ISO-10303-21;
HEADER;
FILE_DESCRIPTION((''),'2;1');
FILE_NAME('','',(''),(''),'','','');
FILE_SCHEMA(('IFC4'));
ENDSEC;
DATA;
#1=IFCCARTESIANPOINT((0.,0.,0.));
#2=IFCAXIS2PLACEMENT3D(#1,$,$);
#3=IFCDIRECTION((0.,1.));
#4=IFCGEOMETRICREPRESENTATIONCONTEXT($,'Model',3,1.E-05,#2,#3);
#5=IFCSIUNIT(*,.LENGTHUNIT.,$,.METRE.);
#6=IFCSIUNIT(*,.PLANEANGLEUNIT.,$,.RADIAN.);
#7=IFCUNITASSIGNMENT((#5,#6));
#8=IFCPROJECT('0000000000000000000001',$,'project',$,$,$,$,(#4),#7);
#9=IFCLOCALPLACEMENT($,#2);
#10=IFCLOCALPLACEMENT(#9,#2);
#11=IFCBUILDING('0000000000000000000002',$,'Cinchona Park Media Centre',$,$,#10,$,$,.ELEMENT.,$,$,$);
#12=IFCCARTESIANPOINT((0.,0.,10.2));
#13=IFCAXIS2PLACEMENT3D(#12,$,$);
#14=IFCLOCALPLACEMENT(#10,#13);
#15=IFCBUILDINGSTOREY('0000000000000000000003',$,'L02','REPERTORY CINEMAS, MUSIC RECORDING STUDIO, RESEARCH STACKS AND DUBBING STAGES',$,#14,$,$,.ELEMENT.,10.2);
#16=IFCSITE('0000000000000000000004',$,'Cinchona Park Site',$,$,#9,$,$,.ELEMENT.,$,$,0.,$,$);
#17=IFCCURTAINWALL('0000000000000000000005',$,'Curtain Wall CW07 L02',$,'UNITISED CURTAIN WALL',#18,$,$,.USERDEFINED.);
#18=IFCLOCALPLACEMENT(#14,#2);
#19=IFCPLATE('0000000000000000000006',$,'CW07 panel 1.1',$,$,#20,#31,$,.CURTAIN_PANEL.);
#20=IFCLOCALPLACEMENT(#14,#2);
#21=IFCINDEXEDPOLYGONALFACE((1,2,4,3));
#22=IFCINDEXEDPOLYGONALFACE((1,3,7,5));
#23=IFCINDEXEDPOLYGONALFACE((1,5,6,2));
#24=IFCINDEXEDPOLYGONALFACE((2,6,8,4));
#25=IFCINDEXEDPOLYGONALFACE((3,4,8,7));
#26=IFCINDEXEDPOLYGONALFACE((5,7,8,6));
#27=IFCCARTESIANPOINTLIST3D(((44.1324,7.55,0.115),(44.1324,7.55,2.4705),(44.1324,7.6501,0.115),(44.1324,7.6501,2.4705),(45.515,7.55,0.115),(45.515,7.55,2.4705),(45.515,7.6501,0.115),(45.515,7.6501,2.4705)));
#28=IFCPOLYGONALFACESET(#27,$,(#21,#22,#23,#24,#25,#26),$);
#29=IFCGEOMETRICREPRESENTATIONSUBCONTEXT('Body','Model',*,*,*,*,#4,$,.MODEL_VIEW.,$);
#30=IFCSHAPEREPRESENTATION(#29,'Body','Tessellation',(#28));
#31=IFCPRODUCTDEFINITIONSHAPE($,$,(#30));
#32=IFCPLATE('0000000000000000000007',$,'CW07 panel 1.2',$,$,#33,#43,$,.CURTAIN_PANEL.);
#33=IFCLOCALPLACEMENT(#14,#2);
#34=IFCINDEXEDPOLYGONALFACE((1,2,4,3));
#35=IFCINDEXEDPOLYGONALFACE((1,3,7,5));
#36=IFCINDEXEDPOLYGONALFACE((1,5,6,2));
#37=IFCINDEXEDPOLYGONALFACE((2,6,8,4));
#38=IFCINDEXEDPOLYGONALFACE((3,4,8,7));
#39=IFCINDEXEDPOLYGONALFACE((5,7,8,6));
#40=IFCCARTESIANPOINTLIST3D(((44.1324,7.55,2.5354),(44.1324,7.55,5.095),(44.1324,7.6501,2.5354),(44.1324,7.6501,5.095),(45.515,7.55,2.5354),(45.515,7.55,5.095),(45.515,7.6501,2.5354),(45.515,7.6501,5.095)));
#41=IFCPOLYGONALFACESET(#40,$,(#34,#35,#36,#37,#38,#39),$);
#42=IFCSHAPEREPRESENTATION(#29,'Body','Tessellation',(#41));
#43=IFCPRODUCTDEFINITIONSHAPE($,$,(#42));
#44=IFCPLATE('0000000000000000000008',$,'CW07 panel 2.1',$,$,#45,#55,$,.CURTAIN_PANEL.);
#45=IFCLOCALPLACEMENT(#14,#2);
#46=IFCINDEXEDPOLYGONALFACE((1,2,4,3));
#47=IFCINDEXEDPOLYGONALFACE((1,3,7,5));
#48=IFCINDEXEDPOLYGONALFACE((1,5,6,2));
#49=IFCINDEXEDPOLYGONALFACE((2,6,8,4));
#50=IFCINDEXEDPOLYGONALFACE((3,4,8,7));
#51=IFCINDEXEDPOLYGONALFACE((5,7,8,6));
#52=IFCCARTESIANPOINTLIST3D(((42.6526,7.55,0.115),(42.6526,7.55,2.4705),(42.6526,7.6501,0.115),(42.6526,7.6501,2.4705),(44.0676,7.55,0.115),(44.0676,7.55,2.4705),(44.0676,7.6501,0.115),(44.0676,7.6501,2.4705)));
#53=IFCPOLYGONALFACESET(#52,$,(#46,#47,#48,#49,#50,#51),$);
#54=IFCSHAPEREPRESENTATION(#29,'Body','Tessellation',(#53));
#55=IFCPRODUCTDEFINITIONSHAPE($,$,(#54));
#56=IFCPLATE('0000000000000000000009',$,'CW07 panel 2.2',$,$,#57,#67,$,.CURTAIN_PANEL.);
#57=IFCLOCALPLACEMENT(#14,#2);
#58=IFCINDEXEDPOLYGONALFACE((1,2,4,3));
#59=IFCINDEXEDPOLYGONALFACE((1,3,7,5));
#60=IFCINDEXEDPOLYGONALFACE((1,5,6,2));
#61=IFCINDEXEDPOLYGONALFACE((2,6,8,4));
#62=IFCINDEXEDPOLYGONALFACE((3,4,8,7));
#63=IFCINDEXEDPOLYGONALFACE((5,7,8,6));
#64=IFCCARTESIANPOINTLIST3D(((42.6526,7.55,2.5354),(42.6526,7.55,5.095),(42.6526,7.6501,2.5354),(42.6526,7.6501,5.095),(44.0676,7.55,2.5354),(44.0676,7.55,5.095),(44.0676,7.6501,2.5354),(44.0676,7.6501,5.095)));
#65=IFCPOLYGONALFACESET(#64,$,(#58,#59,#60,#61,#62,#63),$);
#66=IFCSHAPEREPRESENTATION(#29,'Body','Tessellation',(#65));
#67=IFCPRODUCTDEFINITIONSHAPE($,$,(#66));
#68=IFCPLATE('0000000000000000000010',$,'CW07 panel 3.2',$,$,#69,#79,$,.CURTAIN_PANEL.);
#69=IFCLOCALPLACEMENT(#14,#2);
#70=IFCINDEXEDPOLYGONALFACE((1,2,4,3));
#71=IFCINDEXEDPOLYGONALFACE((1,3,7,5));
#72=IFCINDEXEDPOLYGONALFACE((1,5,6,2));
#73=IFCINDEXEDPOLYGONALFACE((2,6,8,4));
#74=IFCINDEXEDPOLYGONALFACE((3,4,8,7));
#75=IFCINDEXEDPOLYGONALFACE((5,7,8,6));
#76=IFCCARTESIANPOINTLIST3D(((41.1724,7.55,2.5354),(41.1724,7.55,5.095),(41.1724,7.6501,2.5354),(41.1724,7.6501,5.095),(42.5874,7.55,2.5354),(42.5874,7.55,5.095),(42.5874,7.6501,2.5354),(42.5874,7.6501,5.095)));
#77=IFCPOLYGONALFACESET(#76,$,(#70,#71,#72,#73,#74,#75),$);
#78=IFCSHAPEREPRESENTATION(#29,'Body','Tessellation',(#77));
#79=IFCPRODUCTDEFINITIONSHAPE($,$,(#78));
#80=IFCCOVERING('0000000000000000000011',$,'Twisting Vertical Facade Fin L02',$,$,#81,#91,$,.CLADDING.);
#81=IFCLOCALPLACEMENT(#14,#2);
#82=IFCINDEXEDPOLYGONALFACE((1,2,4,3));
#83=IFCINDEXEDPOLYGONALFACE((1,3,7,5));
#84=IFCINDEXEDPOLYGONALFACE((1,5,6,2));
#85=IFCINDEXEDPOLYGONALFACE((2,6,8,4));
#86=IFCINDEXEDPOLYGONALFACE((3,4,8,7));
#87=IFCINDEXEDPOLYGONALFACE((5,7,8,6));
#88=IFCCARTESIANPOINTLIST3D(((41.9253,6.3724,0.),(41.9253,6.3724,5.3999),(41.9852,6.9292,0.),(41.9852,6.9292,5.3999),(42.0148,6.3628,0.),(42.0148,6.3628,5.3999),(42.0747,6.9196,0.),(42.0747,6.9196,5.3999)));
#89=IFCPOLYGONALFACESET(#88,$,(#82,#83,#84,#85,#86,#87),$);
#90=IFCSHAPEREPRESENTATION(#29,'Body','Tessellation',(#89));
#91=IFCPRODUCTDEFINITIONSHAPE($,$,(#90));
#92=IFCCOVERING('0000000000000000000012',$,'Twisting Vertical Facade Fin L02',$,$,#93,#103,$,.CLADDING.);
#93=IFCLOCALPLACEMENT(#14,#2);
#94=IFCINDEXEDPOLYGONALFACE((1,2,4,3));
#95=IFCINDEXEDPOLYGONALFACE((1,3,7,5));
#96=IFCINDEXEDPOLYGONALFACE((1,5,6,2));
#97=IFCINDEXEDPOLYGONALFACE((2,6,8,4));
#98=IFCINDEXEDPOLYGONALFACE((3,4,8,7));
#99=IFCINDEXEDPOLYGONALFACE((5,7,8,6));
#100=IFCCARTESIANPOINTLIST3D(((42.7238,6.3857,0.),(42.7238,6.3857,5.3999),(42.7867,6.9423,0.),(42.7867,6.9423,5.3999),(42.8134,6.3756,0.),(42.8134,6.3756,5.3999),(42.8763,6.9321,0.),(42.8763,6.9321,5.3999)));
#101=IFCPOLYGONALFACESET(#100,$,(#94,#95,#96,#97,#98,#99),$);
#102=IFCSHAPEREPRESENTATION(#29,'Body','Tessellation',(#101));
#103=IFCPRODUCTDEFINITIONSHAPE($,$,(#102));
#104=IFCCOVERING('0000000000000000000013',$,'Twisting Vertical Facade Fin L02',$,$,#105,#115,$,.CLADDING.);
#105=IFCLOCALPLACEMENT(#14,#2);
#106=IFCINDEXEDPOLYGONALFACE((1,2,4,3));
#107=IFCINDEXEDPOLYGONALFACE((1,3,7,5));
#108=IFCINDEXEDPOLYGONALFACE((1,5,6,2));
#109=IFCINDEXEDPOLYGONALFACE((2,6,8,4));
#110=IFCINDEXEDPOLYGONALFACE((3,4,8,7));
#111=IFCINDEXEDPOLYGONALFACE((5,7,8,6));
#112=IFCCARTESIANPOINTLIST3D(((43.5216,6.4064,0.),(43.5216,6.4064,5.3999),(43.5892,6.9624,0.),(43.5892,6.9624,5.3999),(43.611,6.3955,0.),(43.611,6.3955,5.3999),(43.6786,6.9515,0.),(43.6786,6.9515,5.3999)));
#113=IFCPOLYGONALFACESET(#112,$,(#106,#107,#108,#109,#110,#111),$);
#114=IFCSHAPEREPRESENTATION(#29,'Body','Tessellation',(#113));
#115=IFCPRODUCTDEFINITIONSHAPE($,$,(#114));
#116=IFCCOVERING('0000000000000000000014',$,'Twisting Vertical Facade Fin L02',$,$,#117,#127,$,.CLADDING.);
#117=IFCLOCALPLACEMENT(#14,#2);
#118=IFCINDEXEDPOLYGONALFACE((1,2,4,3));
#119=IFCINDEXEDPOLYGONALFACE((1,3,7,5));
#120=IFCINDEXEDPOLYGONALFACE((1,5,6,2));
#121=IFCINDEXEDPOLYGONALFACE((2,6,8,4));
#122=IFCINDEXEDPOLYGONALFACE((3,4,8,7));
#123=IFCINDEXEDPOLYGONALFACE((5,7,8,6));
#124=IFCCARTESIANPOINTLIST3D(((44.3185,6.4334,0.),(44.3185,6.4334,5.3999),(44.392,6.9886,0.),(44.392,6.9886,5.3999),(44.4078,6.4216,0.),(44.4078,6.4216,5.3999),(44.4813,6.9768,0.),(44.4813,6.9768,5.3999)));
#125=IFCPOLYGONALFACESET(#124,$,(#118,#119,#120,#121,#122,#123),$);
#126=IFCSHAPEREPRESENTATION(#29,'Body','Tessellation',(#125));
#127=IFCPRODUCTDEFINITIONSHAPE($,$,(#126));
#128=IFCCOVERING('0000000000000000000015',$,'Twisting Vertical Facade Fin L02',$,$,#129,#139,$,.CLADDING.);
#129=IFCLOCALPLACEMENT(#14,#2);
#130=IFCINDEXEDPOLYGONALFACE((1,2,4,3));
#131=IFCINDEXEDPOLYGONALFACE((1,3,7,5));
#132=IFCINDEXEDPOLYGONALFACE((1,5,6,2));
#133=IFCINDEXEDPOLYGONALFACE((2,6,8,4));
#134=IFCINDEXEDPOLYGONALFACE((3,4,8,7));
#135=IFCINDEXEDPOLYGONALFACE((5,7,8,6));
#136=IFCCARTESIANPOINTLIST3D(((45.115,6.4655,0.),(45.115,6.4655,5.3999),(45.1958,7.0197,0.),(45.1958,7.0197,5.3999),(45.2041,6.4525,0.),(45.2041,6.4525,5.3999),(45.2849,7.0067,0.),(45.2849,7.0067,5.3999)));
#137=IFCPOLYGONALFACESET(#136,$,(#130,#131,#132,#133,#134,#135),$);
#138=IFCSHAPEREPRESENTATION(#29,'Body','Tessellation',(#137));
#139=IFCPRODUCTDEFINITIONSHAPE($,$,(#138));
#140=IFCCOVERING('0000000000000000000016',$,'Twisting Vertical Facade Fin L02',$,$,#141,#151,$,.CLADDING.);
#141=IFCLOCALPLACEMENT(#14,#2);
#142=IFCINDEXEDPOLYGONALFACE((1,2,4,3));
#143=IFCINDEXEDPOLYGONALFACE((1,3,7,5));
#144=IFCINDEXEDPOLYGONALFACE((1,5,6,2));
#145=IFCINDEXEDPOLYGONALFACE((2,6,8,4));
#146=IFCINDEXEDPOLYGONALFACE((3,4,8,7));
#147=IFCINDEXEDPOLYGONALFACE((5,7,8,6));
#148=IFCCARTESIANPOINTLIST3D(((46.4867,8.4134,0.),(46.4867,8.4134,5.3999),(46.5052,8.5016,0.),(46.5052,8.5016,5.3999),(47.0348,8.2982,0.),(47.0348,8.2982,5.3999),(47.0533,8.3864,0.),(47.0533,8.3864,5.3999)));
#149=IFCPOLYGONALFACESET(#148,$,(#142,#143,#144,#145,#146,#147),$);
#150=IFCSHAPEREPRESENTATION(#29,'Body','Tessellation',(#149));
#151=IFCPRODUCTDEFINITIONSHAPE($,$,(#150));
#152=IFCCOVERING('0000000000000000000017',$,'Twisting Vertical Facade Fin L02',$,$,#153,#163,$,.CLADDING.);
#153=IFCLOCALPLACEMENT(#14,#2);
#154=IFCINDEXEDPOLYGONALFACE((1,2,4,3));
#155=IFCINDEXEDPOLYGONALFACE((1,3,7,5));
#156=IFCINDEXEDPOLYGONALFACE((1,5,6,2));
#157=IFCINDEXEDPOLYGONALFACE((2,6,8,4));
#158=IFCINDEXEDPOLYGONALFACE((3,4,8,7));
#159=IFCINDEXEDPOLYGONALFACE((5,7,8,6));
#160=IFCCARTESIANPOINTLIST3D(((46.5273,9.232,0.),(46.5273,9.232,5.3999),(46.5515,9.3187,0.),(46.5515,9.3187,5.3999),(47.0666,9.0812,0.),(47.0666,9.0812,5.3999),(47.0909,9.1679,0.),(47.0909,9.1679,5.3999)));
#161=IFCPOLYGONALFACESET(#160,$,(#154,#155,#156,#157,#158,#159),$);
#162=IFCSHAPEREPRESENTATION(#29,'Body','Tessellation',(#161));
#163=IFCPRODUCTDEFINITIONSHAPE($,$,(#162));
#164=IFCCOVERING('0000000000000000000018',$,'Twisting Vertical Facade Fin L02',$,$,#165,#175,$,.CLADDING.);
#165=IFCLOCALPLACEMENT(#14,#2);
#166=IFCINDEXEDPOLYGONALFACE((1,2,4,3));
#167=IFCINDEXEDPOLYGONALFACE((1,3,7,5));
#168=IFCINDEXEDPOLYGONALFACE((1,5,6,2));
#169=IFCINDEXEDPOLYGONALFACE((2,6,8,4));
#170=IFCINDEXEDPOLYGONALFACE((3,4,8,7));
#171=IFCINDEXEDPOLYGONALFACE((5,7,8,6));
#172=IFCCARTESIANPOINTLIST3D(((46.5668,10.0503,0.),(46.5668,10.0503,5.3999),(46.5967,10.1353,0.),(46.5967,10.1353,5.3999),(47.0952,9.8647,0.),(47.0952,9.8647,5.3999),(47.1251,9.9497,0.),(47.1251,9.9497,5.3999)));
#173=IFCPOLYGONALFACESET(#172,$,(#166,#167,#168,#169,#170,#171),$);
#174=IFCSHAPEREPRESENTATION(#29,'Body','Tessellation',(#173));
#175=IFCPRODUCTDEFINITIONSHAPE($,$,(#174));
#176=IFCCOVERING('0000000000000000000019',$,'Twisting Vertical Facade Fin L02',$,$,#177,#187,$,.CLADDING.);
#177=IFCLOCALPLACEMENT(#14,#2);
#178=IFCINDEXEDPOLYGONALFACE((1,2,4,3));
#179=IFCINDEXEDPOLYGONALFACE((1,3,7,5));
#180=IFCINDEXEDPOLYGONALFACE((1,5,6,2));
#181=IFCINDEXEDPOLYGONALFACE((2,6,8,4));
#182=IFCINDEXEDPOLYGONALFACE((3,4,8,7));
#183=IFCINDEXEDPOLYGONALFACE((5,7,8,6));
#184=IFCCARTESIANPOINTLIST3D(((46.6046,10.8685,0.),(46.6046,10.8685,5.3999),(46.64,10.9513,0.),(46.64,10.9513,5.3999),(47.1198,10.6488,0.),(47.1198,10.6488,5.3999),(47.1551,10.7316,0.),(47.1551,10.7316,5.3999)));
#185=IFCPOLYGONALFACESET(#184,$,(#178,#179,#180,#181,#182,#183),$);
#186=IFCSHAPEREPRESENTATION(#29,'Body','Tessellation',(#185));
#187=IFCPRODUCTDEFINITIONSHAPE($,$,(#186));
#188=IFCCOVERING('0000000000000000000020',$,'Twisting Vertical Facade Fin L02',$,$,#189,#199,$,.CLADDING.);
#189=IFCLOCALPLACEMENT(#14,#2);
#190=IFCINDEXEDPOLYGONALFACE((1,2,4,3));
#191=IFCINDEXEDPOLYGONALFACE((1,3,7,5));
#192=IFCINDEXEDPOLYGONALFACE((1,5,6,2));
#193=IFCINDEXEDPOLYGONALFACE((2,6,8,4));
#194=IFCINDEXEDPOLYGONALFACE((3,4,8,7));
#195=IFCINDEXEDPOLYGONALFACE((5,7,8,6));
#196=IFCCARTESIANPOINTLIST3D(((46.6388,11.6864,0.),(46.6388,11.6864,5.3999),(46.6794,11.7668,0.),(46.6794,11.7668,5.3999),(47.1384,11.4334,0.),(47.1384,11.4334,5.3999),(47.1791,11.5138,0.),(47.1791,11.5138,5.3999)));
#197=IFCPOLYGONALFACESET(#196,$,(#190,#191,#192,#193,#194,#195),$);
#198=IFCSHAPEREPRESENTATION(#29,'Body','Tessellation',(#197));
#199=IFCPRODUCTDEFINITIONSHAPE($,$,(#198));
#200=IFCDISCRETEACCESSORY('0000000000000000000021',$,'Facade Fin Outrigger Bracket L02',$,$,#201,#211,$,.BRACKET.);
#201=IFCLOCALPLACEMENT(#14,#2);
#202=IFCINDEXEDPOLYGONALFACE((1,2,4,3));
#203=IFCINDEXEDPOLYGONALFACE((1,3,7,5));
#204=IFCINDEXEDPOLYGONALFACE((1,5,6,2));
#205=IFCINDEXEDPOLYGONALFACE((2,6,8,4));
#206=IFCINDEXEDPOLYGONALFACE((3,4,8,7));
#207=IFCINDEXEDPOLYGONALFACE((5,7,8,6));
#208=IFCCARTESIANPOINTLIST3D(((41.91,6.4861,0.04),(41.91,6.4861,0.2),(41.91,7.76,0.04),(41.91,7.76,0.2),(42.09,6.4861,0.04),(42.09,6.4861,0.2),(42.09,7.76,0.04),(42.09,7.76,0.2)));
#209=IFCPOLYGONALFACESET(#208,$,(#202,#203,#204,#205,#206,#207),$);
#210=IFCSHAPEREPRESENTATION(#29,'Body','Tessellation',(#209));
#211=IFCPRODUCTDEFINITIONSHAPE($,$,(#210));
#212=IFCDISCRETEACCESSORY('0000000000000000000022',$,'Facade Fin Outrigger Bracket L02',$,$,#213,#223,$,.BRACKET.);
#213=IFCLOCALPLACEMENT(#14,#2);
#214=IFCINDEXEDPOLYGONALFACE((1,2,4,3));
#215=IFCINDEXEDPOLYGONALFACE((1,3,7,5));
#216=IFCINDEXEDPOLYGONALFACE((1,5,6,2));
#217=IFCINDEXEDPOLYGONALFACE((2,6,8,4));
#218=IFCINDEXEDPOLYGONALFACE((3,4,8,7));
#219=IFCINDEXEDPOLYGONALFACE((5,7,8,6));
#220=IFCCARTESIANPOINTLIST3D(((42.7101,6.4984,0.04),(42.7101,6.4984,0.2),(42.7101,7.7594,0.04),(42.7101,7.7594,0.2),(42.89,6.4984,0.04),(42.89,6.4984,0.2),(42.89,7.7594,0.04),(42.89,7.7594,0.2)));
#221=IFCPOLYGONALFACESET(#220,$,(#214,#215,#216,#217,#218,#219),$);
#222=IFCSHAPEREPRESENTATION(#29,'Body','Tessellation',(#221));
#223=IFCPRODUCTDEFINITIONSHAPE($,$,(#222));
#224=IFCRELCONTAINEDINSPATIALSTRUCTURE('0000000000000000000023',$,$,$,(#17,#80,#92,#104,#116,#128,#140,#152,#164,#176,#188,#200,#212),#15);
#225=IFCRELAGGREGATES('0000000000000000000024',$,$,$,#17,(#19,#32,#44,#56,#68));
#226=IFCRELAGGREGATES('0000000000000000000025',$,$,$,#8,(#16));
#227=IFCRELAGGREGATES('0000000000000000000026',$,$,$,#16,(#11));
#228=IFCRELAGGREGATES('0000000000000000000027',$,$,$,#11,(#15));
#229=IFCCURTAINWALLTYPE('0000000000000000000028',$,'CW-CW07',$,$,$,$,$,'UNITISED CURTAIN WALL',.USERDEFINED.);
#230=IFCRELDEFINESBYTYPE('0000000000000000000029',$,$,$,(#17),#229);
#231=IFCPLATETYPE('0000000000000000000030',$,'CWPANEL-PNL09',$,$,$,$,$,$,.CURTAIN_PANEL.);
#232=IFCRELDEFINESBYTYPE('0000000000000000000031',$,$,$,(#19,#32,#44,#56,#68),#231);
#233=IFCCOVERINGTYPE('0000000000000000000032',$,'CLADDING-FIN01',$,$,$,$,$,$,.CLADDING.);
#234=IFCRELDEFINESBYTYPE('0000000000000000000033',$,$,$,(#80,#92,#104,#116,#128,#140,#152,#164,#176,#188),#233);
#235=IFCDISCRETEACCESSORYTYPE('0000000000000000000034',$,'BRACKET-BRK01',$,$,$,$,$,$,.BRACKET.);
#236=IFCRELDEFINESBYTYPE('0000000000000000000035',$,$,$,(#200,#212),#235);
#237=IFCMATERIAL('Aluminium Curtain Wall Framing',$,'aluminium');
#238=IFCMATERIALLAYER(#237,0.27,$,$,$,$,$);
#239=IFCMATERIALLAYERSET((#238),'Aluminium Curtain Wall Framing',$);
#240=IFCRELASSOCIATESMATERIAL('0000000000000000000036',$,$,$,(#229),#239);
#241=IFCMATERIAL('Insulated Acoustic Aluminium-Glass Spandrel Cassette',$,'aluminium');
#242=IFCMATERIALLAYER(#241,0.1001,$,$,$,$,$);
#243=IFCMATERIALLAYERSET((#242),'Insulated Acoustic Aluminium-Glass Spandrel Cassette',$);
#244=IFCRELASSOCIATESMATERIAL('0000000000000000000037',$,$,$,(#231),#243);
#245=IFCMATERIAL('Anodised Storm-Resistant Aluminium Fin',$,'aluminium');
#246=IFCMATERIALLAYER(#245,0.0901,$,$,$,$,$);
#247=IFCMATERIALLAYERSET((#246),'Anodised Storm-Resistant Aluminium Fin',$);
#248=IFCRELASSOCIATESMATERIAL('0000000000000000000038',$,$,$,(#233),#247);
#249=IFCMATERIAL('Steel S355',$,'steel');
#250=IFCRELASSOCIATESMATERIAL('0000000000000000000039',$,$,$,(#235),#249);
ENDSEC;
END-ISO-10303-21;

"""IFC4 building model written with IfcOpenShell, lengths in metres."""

from ifc_helpers import new_model, si_unit, direction, frame, origin, origin_2d, place, context, subcontext, project, spatial, rectangle, extrude, material, layer, layer_set, type_object, element, aggregate, save


model = new_model("IFC4")

# Units and contexts
model_context = context("Model", 3, precision=1e-05, world=origin(), true_north=direction((0.0, 1.0)))
body_context = subcontext(model_context, "Body", "Model", "MODEL_VIEW")
ifc_project = project(units=[si_unit("LENGTHUNIT", "METRE"), si_unit("PLANEANGLEUNIT", "RADIAN")], contexts=[model_context])

# Site, building, storey
site_placement = place(None, origin())
site = spatial("IfcSite", under=ifc_project, at=site_placement, Name="Cinchona Park Site", CompositionType="ELEMENT", RefElevation=0.0)
building_placement = place(site_placement, origin())
building = spatial("IfcBuilding", under=site, at=building_placement, Name="Cinchona Park Media Centre", CompositionType="ELEMENT")
storey_placement = place(building_placement, frame((0.0, 0.0, 10.2)))
storey = spatial("IfcBuildingStorey", under=building, at=storey_placement, Name="L02", Description="REPERTORY CINEMAS, MUSIC RECORDING STUDIO, RESEARCH STACKS AND DUBBING STAGES", CompositionType="ELEMENT", Elevation=10.2)

# Curtain wall, plates
ifc_material_1 = material(Name="Aluminium Curtain Wall Framing", Category="aluminium")
ifc_layer_1 = layer(ifc_material_1, 0.27)
ifc_layer_set_1 = layer_set([ifc_layer_1], Name="Aluminium Curtain Wall Framing")
curtain_wall_type = type_object("IfcCurtainWallType", Name="CW-CW07", ElementType="UNITISED CURTAIN WALL", PredefinedType="USERDEFINED", material=ifc_layer_set_1)
curtain_wall_placement = place(storey_placement, origin())
curtain_wall = element("IfcCurtainWall", 1, at=curtain_wall_placement, inside=storey, type_object=curtain_wall_type, Name="Curtain Wall CW07 L02", ObjectType="UNITISED CURTAIN WALL", PredefinedType="USERDEFINED")
ifc_material_2 = material(Name="Insulated Acoustic Aluminium-Glass Spandrel Cassette", Category="aluminium")
ifc_layer_2 = layer(ifc_material_2, 0.1001)
ifc_layer_set_2 = layer_set([ifc_layer_2], Name="Insulated Acoustic Aluminium-Glass Spandrel Cassette")
plate_type = type_object("IfcPlateType", Name="CWPANEL-PNL09", PredefinedType="CURTAIN_PANEL", material=ifc_layer_set_2)
plate_1_placement = place(storey_placement, frame((44.8237, 7.6001, 0.115), z_axis=(0.0, 0.0, 1.0), x_axis=(-1.0, 0.0, 0.0)))
plate_1 = element("IfcPlate", 2, at=plate_1_placement, type_object=plate_type, Name="CW07 panel 1.1", PredefinedType="CURTAIN_PANEL", context=body_context, shape_type="SweptSolid", body=[
    extrude(rectangle(XDim=1.3826, YDim=0.1001, at=origin_2d()), origin(), (0.0, 0.0, 1.0), 2.3555),
])
plate_2_placement = place(storey_placement, frame((44.8237, 7.6001, 2.5354), z_axis=(0.0, 0.0, 1.0), x_axis=(-1.0, 0.0, 0.0)))
plate_2 = element("IfcPlate", 3, at=plate_2_placement, type_object=plate_type, Name="CW07 panel 1.2", PredefinedType="CURTAIN_PANEL", context=body_context, shape_type="SweptSolid", body=[
    extrude(rectangle(XDim=1.3826, YDim=0.1001, at=origin_2d()), origin(), (0.0, 0.0, 1.0), 2.5596),
])
plate_3_placement = place(storey_placement, frame((43.3601, 7.6001, 0.115), z_axis=(0.0, 0.0, 1.0), x_axis=(-1.0, 0.0, 0.0)))
plate_3 = element("IfcPlate", 4, at=plate_3_placement, type_object=plate_type, Name="CW07 panel 2.1", PredefinedType="CURTAIN_PANEL", context=body_context, shape_type="SweptSolid", body=[
    extrude(rectangle(XDim=1.415, YDim=0.1001, at=origin_2d()), origin(), (0.0, 0.0, 1.0), 2.3555),
])
plate_4_placement = place(storey_placement, frame((43.3601, 7.6001, 2.5354), z_axis=(0.0, 0.0, 1.0), x_axis=(-1.0, 0.0, 0.0)))
plate_4 = element("IfcPlate", 5, at=plate_4_placement, type_object=plate_type, Name="CW07 panel 2.2", PredefinedType="CURTAIN_PANEL", context=body_context, shape_type="SweptSolid", body=[
    extrude(rectangle(XDim=1.415, YDim=0.1001, at=origin_2d()), origin(), (0.0, 0.0, 1.0), 2.5596),
])
plate_5_placement = place(storey_placement, frame((41.8799, 7.6001, 2.5354), z_axis=(0.0, 0.0, 1.0), x_axis=(-1.0, 0.0, 0.0)))
plate_5 = element("IfcPlate", 6, at=plate_5_placement, type_object=plate_type, Name="CW07 panel 3.2", PredefinedType="CURTAIN_PANEL", context=body_context, shape_type="SweptSolid", body=[
    extrude(rectangle(XDim=1.415, YDim=0.1001, at=origin_2d()), origin(), (0.0, 0.0, 1.0), 2.5596),
])
aggregate(curtain_wall, [plate_1, plate_2, plate_3, plate_4, plate_5])

# Coverings
ifc_material_3 = material(Name="Anodised Storm-Resistant Aluminium Fin", Category="aluminium")
ifc_layer_3 = layer(ifc_material_3, 0.0901)
ifc_layer_set_3 = layer_set([ifc_layer_3], Name="Anodised Storm-Resistant Aluminium Fin")
covering_type = type_object("IfcCoveringType", Name="CLADDING-FIN01", PredefinedType="CLADDING", material=ifc_layer_set_3)
for number, where, z_axis, x_axis, name in (
    (7, (42.0, 6.646, 0.0), (0.0, 0.0, 1.0), (0.106958, 0.994264, 0.0), "Twisting Vertical Facade Fin L02"),
    (8, (42.8, 6.6589, 0.0), (0.0, 0.0, 1.0), (0.112336, 0.99367, 0.0), "Twisting Vertical Facade Fin L02"),
    (9, (43.6001, 6.679, 0.0), (0.0, 0.0, 1.0), (0.120657, 0.992694, 0.0), "Twisting Vertical Facade Fin L02"),
    (10, (44.3999, 6.7051, 0.0), (0.0, 0.0, 1.0), (0.131391, 0.991331, 0.0), "Twisting Vertical Facade Fin L02"),
    (11, (45.2, 6.7361, 0.0), (0.0, 0.0, 1.0), (0.144356, 0.989526, 0.0), "Twisting Vertical Facade Fin L02"),
    (12, (46.77, 8.3999, 0.0), (0.0, 0.0, 1.0), (-0.978617, 0.205692, 0.0), "Twisting Vertical Facade Fin L02"),
    (13, (46.8091, 9.2, 0.0), (0.0, 0.0, 1.0), (-0.963069, 0.269256, 0.0), "Twisting Vertical Facade Fin L02"),
    (14, (46.8459, 10.0, 0.0), (0.0, 0.0, 1.0), (-0.943454, 0.331503, 0.0), "Twisting Vertical Facade Fin L02"),
    (15, (46.8799, 10.8, 0.0), (0.0, 0.0, 1.0), (-0.919821, 0.392337, 0.0), "Twisting Vertical Facade Fin L02"),
    (16, (46.9089, 11.6001, 0.0), (0.0, 0.0, 1.0), (-0.892192, 0.451656, 0.0), "Twisting Vertical Facade Fin L02"),
):
    element("IfcCovering", number, at=place(storey_placement, frame(where, z_axis=z_axis, x_axis=x_axis)), inside=storey, type_object=covering_type, Name=name, PredefinedType="CLADDING", context=body_context, shape_type="SweptSolid", body=[
        extrude(rectangle(XDim=0.5601, YDim=0.0901, at=origin_2d()), origin(), (0.0, 0.0, 1.0), 5.3999),
    ])

# Discrete accessories
ifc_material_4 = material(Name="Steel S355", Category="steel")
discrete_accessory_type = type_object("IfcDiscreteAccessoryType", Name="BRACKET-BRK01", PredefinedType="BRACKET", material=ifc_material_4)
discrete_accessory_1_placement = place(storey_placement, frame((42.0, 7.123, 0.04), z_axis=(0.0, 0.0, 1.0), x_axis=(1.0, 0.0, 0.0)))
element("IfcDiscreteAccessory", 17, at=discrete_accessory_1_placement, inside=storey, type_object=discrete_accessory_type, Name="Facade Fin Outrigger Bracket L02", PredefinedType="BRACKET", context=body_context, shape_type="SweptSolid", body=[
    extrude(rectangle(XDim=0.1799, YDim=1.2739, at=origin_2d()), origin(), (0.0, 0.0, 1.0), 0.1599),
])
discrete_accessory_2_placement = place(storey_placement, frame((42.8, 7.1289, 0.04), z_axis=(0.0, 0.0, 1.0), x_axis=(1.0, 0.0, 0.0)))
element("IfcDiscreteAccessory", 18, at=discrete_accessory_2_placement, inside=storey, type_object=discrete_accessory_type, Name="Facade Fin Outrigger Bracket L02", PredefinedType="BRACKET", context=body_context, shape_type="SweptSolid", body=[
    extrude(rectangle(XDim=0.1799, YDim=1.261, at=origin_2d()), origin(), (0.0, 0.0, 1.0), 0.1599),
])

save(model, "model.ifc")
